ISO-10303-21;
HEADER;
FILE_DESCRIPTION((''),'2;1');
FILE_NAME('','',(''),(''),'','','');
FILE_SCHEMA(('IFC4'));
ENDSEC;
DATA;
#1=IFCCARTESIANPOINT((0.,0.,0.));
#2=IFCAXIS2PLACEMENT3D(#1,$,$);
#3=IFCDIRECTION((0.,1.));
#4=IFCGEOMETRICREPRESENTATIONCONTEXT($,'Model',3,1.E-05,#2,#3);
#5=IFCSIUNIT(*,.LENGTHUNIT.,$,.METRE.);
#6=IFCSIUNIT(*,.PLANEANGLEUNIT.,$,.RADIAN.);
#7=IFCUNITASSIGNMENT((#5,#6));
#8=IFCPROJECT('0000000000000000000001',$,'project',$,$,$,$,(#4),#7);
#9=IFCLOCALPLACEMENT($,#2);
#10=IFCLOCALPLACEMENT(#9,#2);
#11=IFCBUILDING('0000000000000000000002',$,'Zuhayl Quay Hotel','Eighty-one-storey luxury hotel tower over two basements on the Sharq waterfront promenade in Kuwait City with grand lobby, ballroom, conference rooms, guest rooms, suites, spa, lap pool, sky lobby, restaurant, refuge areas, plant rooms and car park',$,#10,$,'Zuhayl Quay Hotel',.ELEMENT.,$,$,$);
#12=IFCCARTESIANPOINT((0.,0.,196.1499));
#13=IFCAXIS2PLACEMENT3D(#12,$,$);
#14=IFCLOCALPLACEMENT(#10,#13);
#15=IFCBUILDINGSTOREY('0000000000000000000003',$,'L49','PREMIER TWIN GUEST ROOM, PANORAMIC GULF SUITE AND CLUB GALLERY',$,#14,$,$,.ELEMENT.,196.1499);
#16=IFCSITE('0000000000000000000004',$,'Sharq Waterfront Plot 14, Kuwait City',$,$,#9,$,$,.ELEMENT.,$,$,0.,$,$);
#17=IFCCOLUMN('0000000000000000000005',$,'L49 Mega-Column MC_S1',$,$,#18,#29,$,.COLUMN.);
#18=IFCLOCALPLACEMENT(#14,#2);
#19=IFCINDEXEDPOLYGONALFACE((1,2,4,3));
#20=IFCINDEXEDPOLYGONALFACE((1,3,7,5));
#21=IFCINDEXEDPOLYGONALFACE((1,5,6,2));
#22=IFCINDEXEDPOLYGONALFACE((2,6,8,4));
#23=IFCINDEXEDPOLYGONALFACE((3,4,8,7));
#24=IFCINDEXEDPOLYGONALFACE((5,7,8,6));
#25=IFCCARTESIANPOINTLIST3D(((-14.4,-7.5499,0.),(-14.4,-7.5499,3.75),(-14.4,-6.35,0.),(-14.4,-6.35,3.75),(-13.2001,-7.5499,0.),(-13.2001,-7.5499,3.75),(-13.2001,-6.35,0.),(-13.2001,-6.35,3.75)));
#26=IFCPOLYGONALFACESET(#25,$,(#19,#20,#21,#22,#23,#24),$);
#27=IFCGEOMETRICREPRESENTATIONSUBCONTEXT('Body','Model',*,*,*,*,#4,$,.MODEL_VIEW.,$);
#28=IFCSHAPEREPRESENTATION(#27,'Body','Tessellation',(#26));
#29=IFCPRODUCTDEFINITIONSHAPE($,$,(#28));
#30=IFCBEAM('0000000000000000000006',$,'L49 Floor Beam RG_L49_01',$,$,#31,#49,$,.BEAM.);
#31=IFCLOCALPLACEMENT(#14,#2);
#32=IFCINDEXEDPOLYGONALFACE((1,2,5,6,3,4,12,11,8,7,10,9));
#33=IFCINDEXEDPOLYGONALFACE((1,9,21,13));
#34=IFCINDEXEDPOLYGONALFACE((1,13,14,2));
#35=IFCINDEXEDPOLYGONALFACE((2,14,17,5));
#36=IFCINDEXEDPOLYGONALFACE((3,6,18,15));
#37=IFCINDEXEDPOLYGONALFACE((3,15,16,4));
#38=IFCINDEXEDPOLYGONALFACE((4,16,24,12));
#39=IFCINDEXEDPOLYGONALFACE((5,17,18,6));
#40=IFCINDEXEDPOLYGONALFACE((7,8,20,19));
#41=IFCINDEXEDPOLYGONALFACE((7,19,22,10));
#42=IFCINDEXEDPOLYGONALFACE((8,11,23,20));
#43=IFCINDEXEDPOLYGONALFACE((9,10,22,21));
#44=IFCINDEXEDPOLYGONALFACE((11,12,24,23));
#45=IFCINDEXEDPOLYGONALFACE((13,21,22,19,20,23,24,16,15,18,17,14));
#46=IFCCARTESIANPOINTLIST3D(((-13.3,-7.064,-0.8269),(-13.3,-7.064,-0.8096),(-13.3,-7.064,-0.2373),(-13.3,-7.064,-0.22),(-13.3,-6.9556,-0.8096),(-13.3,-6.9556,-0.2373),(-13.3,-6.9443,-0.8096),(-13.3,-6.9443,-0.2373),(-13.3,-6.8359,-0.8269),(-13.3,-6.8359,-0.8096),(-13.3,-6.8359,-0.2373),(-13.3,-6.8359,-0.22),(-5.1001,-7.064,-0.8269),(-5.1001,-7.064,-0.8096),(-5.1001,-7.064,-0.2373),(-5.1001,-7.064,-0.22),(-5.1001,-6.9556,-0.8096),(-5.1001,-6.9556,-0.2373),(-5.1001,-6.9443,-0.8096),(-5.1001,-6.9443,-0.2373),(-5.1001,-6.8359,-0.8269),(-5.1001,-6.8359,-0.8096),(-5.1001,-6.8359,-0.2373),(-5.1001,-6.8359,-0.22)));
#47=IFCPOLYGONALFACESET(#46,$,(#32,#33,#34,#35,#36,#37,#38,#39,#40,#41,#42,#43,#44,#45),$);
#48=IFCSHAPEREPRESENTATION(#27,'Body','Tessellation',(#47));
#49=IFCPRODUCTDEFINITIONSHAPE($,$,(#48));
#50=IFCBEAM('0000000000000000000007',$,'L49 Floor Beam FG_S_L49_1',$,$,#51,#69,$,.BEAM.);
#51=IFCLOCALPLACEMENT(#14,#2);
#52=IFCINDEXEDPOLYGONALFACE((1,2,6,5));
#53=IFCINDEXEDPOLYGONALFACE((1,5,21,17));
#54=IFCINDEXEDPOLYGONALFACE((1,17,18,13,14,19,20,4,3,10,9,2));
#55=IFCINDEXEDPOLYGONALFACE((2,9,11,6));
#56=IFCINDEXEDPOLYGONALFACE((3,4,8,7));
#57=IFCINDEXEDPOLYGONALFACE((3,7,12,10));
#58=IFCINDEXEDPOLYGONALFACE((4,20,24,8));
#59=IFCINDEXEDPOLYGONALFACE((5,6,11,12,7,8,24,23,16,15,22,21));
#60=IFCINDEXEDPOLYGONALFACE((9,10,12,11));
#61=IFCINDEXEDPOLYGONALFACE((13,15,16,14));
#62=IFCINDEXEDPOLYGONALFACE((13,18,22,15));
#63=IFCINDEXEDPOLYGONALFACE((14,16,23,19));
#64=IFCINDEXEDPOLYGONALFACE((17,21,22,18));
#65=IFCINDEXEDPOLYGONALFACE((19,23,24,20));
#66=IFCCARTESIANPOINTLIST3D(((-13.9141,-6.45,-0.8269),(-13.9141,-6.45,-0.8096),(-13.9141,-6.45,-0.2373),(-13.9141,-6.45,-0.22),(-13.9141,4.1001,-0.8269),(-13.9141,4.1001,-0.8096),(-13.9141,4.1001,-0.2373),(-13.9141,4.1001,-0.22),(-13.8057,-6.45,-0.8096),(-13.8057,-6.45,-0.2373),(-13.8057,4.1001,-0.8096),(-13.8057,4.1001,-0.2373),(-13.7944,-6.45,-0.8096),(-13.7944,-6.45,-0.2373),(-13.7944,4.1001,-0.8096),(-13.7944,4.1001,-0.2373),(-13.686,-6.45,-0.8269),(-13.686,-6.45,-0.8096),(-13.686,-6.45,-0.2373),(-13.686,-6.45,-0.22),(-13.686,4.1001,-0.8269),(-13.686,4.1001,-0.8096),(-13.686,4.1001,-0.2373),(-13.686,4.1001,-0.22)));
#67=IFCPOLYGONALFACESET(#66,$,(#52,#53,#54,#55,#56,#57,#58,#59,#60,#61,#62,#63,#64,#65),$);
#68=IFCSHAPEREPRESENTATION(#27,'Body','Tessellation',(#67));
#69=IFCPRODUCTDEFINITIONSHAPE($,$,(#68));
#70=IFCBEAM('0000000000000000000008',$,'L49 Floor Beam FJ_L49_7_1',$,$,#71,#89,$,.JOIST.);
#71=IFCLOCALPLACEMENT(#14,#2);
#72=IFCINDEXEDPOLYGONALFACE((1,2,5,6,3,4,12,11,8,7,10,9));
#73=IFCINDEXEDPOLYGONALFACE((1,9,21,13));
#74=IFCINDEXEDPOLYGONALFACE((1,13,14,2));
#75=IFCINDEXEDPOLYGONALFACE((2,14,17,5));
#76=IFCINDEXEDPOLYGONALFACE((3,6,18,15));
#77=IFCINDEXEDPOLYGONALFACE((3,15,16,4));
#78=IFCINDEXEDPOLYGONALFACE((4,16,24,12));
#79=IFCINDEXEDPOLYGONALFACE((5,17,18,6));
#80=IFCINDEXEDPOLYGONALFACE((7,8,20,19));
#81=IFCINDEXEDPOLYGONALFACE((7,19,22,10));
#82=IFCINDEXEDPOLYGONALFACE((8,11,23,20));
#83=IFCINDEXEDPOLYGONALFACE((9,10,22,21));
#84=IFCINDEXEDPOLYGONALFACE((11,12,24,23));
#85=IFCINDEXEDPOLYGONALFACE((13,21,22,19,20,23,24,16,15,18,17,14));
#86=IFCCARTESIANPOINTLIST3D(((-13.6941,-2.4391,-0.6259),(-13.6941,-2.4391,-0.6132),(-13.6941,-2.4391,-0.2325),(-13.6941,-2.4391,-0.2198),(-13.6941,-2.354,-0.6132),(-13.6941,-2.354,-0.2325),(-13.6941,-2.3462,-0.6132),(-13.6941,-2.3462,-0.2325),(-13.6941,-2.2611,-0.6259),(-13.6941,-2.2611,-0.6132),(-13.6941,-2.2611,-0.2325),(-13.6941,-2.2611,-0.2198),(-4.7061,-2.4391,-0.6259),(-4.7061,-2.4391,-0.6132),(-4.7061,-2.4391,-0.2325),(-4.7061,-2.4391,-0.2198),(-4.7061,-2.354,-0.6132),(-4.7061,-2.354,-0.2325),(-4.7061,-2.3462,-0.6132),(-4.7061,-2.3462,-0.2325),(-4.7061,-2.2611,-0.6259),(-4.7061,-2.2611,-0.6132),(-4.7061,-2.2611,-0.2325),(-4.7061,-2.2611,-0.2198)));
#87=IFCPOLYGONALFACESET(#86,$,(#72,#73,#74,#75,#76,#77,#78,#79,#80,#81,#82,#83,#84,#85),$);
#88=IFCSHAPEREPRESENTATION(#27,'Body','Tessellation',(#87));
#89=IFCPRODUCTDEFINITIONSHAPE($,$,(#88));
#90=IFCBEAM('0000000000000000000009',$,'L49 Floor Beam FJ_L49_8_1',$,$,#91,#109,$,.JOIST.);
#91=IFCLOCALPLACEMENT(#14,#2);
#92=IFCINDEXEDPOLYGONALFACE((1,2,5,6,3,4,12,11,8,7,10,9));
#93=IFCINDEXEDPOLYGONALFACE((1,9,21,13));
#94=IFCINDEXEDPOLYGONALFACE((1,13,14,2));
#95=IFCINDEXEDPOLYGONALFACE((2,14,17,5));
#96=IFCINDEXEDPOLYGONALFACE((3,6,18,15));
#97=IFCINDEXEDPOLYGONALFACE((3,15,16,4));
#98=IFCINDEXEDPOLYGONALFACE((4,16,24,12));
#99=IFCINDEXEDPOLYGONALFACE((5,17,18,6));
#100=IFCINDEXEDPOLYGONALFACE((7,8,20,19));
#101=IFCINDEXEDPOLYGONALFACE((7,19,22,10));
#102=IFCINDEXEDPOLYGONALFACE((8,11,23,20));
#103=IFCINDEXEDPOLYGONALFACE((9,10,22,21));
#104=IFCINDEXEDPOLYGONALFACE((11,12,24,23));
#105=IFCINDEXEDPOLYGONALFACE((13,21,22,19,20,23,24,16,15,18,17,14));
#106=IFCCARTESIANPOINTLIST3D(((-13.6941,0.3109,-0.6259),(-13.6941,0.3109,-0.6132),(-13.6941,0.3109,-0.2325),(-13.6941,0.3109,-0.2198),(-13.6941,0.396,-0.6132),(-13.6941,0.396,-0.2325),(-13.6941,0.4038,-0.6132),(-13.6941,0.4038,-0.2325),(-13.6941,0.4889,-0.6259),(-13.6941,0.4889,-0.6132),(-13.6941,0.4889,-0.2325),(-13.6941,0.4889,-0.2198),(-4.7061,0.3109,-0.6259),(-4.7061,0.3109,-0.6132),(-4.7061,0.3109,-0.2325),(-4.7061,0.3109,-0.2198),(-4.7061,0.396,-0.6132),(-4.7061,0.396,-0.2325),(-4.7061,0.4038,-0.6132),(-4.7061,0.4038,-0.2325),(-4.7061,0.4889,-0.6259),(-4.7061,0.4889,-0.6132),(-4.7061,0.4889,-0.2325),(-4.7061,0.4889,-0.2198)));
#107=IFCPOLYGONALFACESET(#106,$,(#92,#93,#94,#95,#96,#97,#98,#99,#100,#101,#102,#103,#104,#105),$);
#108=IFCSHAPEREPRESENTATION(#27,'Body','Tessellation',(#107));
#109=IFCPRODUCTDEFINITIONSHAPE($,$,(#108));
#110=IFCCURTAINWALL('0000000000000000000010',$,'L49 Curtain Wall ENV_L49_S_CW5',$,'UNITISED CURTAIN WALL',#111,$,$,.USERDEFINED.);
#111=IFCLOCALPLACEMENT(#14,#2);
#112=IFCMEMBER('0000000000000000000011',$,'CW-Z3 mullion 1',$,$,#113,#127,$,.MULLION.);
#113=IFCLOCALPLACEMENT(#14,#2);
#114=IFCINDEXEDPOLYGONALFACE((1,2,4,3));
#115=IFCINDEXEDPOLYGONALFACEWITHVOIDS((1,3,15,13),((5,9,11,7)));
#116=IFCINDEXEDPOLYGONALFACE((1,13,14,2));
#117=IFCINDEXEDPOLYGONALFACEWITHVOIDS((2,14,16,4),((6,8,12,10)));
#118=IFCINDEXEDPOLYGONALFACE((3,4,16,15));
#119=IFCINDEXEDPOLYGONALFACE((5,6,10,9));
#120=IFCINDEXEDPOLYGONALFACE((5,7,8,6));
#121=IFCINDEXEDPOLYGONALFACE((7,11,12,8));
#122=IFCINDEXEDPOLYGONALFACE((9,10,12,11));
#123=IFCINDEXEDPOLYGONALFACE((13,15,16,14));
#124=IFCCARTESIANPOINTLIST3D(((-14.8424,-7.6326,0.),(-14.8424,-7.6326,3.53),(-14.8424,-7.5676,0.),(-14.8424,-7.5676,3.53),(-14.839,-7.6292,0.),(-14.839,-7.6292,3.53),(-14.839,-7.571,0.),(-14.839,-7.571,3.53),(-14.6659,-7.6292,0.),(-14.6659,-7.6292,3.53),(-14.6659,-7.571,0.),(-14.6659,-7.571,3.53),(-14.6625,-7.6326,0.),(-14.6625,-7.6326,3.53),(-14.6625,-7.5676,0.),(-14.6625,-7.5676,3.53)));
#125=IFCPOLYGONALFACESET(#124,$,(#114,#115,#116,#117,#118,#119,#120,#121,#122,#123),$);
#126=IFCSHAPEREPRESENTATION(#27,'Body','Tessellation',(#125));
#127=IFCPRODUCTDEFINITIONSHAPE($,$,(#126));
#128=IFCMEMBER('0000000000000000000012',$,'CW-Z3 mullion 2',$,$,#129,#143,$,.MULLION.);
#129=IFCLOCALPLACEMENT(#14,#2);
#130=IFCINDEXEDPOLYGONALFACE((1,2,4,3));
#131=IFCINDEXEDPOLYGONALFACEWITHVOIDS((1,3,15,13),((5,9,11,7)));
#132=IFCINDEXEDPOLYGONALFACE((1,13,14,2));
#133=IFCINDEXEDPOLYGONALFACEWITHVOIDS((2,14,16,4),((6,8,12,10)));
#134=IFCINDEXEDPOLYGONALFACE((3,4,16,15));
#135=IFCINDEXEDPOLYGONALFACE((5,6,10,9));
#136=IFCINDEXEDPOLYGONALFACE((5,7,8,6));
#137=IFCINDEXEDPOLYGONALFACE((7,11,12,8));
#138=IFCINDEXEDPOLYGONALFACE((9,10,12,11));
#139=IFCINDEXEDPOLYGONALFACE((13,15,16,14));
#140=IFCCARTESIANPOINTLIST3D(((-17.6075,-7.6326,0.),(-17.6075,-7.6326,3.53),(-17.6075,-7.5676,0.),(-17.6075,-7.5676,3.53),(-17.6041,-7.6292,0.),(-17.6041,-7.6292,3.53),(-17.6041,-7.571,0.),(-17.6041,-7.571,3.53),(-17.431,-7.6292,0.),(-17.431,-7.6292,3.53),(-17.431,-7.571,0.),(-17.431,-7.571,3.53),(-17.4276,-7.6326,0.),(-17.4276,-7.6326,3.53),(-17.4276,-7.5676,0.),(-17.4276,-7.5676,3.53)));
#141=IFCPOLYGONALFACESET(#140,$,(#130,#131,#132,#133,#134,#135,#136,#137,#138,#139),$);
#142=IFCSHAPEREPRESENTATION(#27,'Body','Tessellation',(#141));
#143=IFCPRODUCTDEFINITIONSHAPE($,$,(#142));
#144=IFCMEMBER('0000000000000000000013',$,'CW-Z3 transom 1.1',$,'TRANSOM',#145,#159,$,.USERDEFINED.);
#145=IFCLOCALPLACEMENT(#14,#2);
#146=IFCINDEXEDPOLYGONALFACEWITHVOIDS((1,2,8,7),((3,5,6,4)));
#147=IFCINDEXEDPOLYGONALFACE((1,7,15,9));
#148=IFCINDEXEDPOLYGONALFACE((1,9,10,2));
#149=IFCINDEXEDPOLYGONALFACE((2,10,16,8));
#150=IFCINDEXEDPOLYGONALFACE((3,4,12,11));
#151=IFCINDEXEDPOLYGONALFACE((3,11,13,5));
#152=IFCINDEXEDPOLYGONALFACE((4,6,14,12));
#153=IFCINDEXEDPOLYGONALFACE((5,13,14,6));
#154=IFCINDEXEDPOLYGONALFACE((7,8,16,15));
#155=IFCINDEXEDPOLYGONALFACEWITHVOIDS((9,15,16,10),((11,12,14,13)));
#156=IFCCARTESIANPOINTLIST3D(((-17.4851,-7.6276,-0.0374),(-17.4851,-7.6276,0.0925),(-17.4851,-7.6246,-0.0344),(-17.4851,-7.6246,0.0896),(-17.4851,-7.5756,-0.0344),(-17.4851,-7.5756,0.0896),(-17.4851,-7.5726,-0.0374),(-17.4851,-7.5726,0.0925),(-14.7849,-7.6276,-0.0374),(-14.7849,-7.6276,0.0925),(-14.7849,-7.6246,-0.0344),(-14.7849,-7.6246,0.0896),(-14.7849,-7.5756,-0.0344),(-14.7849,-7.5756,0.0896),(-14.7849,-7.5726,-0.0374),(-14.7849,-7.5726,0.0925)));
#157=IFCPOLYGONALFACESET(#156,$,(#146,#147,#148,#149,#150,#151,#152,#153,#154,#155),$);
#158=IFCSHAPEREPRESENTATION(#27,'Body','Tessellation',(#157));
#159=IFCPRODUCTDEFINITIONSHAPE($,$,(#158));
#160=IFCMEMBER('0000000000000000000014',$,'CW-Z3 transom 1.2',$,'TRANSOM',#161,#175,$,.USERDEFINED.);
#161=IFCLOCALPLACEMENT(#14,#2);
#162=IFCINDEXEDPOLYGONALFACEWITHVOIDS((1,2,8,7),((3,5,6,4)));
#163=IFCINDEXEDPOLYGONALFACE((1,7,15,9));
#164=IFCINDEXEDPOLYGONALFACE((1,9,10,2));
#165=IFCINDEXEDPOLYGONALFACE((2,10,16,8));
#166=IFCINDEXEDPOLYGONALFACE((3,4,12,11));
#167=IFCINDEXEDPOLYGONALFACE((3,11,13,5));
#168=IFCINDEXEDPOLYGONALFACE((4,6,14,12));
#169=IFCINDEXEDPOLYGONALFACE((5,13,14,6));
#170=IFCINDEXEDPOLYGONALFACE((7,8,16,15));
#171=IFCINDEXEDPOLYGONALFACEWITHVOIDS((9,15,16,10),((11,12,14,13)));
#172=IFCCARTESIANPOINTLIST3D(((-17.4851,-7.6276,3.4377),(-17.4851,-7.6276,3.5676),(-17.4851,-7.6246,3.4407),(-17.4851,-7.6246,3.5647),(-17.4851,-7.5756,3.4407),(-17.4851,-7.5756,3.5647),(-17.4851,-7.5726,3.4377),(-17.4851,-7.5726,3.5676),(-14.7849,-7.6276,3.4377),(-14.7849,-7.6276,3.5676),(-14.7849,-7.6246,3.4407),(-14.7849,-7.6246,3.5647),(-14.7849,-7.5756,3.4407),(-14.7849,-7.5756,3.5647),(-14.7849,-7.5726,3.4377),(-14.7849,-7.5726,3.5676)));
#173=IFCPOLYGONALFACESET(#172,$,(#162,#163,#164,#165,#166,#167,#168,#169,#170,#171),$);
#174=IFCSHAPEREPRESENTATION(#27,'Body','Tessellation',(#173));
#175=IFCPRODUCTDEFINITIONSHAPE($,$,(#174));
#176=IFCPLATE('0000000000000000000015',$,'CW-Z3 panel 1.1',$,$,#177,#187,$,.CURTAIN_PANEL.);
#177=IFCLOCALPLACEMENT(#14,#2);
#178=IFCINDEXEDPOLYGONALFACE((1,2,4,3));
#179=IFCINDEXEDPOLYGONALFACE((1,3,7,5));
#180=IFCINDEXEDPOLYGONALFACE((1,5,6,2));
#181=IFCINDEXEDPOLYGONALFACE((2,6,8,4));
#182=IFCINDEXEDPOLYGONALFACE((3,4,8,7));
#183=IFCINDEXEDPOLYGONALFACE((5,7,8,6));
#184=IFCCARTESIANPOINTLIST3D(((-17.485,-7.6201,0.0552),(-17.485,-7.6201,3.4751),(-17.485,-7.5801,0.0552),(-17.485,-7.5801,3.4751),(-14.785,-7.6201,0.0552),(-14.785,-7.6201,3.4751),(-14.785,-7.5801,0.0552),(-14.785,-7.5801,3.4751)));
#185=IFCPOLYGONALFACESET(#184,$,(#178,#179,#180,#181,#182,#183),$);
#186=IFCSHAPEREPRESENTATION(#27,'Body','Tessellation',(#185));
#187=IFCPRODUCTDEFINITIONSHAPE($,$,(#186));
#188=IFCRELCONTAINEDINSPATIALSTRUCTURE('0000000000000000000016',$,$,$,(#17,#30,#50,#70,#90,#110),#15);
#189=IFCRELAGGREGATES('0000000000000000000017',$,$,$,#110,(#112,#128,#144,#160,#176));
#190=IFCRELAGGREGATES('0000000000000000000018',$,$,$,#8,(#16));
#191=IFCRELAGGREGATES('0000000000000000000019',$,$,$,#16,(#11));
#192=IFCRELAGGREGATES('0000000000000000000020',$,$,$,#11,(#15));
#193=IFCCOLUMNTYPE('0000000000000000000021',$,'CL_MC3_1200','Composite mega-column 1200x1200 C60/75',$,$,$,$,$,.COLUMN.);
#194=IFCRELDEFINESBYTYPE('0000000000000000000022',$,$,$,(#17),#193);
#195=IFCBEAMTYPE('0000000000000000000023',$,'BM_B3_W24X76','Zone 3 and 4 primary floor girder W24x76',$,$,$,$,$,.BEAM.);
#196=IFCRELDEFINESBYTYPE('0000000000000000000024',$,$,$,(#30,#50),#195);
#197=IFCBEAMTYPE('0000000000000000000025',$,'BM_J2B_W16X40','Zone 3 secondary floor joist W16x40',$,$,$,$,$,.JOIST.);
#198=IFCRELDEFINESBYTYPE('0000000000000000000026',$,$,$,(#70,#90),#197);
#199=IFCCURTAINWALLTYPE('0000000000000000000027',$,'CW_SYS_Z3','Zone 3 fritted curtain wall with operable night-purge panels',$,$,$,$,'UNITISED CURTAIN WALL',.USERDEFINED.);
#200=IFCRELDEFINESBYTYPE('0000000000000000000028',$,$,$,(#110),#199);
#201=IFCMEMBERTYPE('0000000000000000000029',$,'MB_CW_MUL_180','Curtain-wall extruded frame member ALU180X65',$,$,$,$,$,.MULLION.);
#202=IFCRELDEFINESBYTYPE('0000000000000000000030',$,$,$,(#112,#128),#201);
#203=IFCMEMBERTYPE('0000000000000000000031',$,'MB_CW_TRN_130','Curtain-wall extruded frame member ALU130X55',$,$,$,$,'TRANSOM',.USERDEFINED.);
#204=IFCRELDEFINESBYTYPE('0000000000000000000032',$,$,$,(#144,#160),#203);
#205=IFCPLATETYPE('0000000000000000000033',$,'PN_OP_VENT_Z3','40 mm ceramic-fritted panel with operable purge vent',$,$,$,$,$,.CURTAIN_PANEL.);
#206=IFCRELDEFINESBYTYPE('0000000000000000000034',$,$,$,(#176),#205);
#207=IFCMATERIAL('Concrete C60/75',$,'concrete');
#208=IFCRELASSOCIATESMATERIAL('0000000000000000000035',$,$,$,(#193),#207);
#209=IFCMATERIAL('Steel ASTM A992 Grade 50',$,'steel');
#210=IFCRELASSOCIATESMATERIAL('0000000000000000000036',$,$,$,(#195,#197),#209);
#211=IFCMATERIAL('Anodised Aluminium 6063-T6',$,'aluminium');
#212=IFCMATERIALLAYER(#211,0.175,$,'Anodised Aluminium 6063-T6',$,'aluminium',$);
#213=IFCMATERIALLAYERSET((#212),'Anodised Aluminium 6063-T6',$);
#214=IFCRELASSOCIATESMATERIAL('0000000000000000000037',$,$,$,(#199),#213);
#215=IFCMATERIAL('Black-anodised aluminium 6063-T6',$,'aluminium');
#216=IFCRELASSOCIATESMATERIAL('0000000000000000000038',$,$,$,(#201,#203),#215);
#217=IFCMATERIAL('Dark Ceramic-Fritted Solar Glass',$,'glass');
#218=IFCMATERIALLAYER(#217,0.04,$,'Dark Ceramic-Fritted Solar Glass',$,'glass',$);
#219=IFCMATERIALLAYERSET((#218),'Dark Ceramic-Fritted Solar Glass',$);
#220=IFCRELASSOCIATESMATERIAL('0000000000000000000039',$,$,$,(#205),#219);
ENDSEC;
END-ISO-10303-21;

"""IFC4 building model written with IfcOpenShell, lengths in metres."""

from ifc_helpers import new_model, si_unit, direction, frame, origin, origin_2d, place, context, subcontext, project, spatial, rectangle, hollow_rectangle, i_section, extrude, material, layer, layer_set, material_profile, profile_set, type_object, element, aggregate, save


model = new_model("IFC4")

# Units and contexts
model_context = context("Model", 3, precision=1e-05, world=origin(), true_north=direction((0.0, 1.0)))
body_context = subcontext(model_context, "Body", "Model", "MODEL_VIEW")
ifc_project = project(units=[si_unit("LENGTHUNIT", "METRE"), si_unit("PLANEANGLEUNIT", "RADIAN")], contexts=[model_context])

# Site, building, storey
site_placement = place(None, origin())
site = spatial("IfcSite", under=ifc_project, at=site_placement, Name="Sharq Waterfront Plot 14, Kuwait City", CompositionType="ELEMENT", RefElevation=0.0)
building_placement = place(site_placement, origin())
building = spatial("IfcBuilding", under=site, at=building_placement, Name="Zuhayl Quay Hotel", Description="Eighty-one-storey luxury hotel tower over two basements on the Sharq waterfront promenade in Kuwait City with grand lobby, ballroom, conference rooms, guest rooms, suites, spa, lap pool, sky lobby, restaurant, refuge areas, plant rooms and car park", LongName="Zuhayl Quay Hotel", CompositionType="ELEMENT")
storey_placement = place(building_placement, frame((0.0, 0.0, 196.1499)))
storey = spatial("IfcBuildingStorey", under=building, at=storey_placement, Name="L49", Description="PREMIER TWIN GUEST ROOM, PANORAMIC GULF SUITE AND CLUB GALLERY", CompositionType="ELEMENT", Elevation=196.1499)

# Column
ifc_material_1 = material(Name="Concrete C60/75", Category="concrete")
ifc_material_profile_1 = material_profile(ifc_material_1, rectangle(XDim=1.2, YDim=1.2, at=origin_2d()), Name="RC1200X1200")
ifc_profile_set_1 = profile_set([ifc_material_profile_1], Name="Concrete C60/75")
column_type = type_object("IfcColumnType", Name="CL_MC3_1200", Description="Composite mega-column 1200x1200 C60/75", PredefinedType="COLUMN", material=ifc_profile_set_1)
column_placement = place(storey_placement, frame((-13.8, -6.95, 0.0), z_axis=(0.0, 0.0, 1.0), x_axis=(1.0, 0.0, 0.0)))
element("IfcColumn", 1, at=column_placement, inside=storey, type_object=column_type, Name="L49 Mega-Column MC_S1", PredefinedType="COLUMN", context=body_context, shape_type="SweptSolid", body=[
    extrude(rectangle(XDim=1.2, YDim=1.2, at=origin_2d()), origin(), (0.0, 0.0, 1.0), 3.75),
])

# Beams
ifc_material_2 = material(Name="Steel ASTM A992 Grade 50", Category="steel")
ifc_material_profile_2 = material_profile(ifc_material_2, i_section(OverallWidth=0.228, OverallDepth=0.6069, WebThickness=0.0112, FlangeThickness=0.0173, at=origin_2d()), Name="W24X76")
ifc_profile_set_2 = profile_set([ifc_material_profile_2], Name="Steel ASTM A992 Grade 50")
beam_type_1 = type_object("IfcBeamType", Name="BM_B3_W24X76", Description="Zone 3 and 4 primary floor girder W24x76", PredefinedType="BEAM", material=ifc_profile_set_2)
beam_1_placement = place(storey_placement, frame((-13.3, -6.95, -0.5234), z_axis=(1.0, 0.0, 0.0), x_axis=(0.0, 1.0, 0.0)))
element("IfcBeam", 2, at=beam_1_placement, inside=storey, type_object=beam_type_1, Name="L49 Floor Beam RG_L49_01", PredefinedType="BEAM", context=body_context, shape_type="SweptSolid", body=[
    extrude(i_section(OverallWidth=0.228, OverallDepth=0.6069, WebThickness=0.0112, FlangeThickness=0.0173, at=origin_2d()), origin(), (0.0, 0.0, 1.0), 8.2),
])
beam_2_placement = place(storey_placement, frame((-13.8, -6.45, -0.5234), z_axis=(0.0, 1.0, 0.0), x_axis=(-1.0, 0.0, 0.0)))
element("IfcBeam", 3, at=beam_2_placement, inside=storey, type_object=beam_type_1, Name="L49 Floor Beam FG_S_L49_1", PredefinedType="BEAM", context=body_context, shape_type="SweptSolid", body=[
    extrude(i_section(OverallWidth=0.228, OverallDepth=0.6069, WebThickness=0.0112, FlangeThickness=0.0173, at=origin_2d()), origin(), (0.0, 0.0, 1.0), 10.55),
])
ifc_material_profile_3 = material_profile(ifc_material_2, i_section(OverallWidth=0.178, OverallDepth=0.406, WebThickness=0.0078, FlangeThickness=0.0127, at=origin_2d()), Name="W16X40")
ifc_profile_set_3 = profile_set([ifc_material_profile_3], Name="Steel ASTM A992 Grade 50")
beam_type_2 = type_object("IfcBeamType", Name="BM_J2B_W16X40", Description="Zone 3 secondary floor joist W16x40", PredefinedType="JOIST", material=ifc_profile_set_3)
for number, where, z_axis, x_axis, name in (
    (4, (-13.6941, -2.3501, -0.4229), (1.0, 0.0, 0.0), (0.0, 1.0, 0.0), "L49 Floor Beam FJ_L49_7_1"),
    (5, (-13.6941, 0.3999, -0.4229), (1.0, 0.0, 0.0), (0.0, 1.0, 0.0), "L49 Floor Beam FJ_L49_8_1"),
):
    element("IfcBeam", number, at=place(storey_placement, frame(where, z_axis=z_axis, x_axis=x_axis)), inside=storey, type_object=beam_type_2, Name=name, PredefinedType="JOIST", context=body_context, shape_type="SweptSolid", body=[
        extrude(i_section(OverallWidth=0.178, OverallDepth=0.406, WebThickness=0.0078, FlangeThickness=0.0127, at=origin_2d()), origin(), (0.0, 0.0, 1.0), 8.988),
    ])

# Curtain wall, members, plate
ifc_material_3 = material(Name="Anodised Aluminium 6063-T6", Category="aluminium")
ifc_layer_1 = layer(ifc_material_3, 0.175, Name="Anodised Aluminium 6063-T6", Category="aluminium")
ifc_layer_set_1 = layer_set([ifc_layer_1], Name="Anodised Aluminium 6063-T6")
curtain_wall_type = type_object("IfcCurtainWallType", Name="CW_SYS_Z3", Description="Zone 3 fritted curtain wall with operable night-purge panels", ElementType="UNITISED CURTAIN WALL", PredefinedType="USERDEFINED", material=ifc_layer_set_1)
curtain_wall_placement = place(storey_placement, origin())
curtain_wall = element("IfcCurtainWall", 6, at=curtain_wall_placement, inside=storey, type_object=curtain_wall_type, Name="L49 Curtain Wall ENV_L49_S_CW5", ObjectType="UNITISED CURTAIN WALL", PredefinedType="USERDEFINED")
ifc_material_4 = material(Name="Black-anodised aluminium 6063-T6", Category="aluminium")
ifc_material_profile_4 = material_profile(ifc_material_4, hollow_rectangle(XDim=0.0649, YDim=0.1799, WallThickness=0.0034, at=origin_2d()), Name="ALU180X65")
ifc_profile_set_4 = profile_set([ifc_material_profile_4], Name="Black-anodised aluminium 6063-T6")
member_type_1 = type_object("IfcMemberType", Name="MB_CW_MUL_180", Description="Curtain-wall extruded frame member ALU180X65", PredefinedType="MULLION", material=ifc_profile_set_4)
member_1_placement = place(storey_placement, frame((-14.7524, -7.6001, 0.0), z_axis=(0.0, 0.0, 1.0), x_axis=(0.0, -1.0, 0.0)))
member_1 = element("IfcMember", 7, at=member_1_placement, type_object=member_type_1, Name="CW-Z3 mullion 1", PredefinedType="MULLION", context=body_context, shape_type="SweptSolid", body=[
    extrude(hollow_rectangle(XDim=0.0649, YDim=0.1799, WallThickness=0.0034, at=origin_2d()), origin(), (0.0, 0.0, 1.0), 3.53),
])
member_2_placement = place(storey_placement, frame((-17.5176, -7.6001, 0.0), z_axis=(0.0, 0.0, 1.0), x_axis=(0.0, -1.0, 0.0)))
member_2 = element("IfcMember", 8, at=member_2_placement, type_object=member_type_1, Name="CW-Z3 mullion 2", PredefinedType="MULLION", context=body_context, shape_type="SweptSolid", body=[
    extrude(hollow_rectangle(XDim=0.0649, YDim=0.1799, WallThickness=0.0034, at=origin_2d()), origin(), (0.0, 0.0, 1.0), 3.53),
])
ifc_material_profile_5 = material_profile(ifc_material_4, hollow_rectangle(XDim=0.0549, YDim=0.1299, WallThickness=0.0029, at=origin_2d()), Name="ALU130X55")
ifc_profile_set_5 = profile_set([ifc_material_profile_5], Name="Black-anodised aluminium 6063-T6")
member_type_2 = type_object("IfcMemberType", Name="MB_CW_TRN_130", Description="Curtain-wall extruded frame member ALU130X55", ElementType="TRANSOM", PredefinedType="USERDEFINED", material=ifc_profile_set_5)
member_3_placement = place(storey_placement, frame((-14.7849, -7.6001, 0.0276), z_axis=(-1.0, 0.0, 0.0), x_axis=(0.0, -1.0, 0.0)))
member_3 = element("IfcMember", 9, at=member_3_placement, type_object=member_type_2, Name="CW-Z3 transom 1.1", ObjectType="TRANSOM", PredefinedType="USERDEFINED", context=body_context, shape_type="SweptSolid", body=[
    extrude(hollow_rectangle(XDim=0.0549, YDim=0.1299, WallThickness=0.0029, at=origin_2d()), origin(), (0.0, 0.0, 1.0), 2.7002),
])
member_4_placement = place(storey_placement, frame((-14.7849, -7.6001, 3.5027), z_axis=(-1.0, 0.0, 0.0), x_axis=(0.0, -1.0, 0.0)))
member_4 = element("IfcMember", 10, at=member_4_placement, type_object=member_type_2, Name="CW-Z3 transom 1.2", ObjectType="TRANSOM", PredefinedType="USERDEFINED", context=body_context, shape_type="SweptSolid", body=[
    extrude(hollow_rectangle(XDim=0.0549, YDim=0.1299, WallThickness=0.0029, at=origin_2d()), origin(), (0.0, 0.0, 1.0), 2.7002),
])
ifc_material_5 = material(Name="Dark Ceramic-Fritted Solar Glass", Category="glass")
ifc_layer_2 = layer(ifc_material_5, 0.04, Name="Dark Ceramic-Fritted Solar Glass", Category="glass")
ifc_layer_set_2 = layer_set([ifc_layer_2], Name="Dark Ceramic-Fritted Solar Glass")
plate_type = type_object("IfcPlateType", Name="PN_OP_VENT_Z3", Description="40 mm ceramic-fritted panel with operable purge vent", PredefinedType="CURTAIN_PANEL", material=ifc_layer_set_2)
plate_placement = place(storey_placement, frame((-16.135, -7.6001, 0.0552), z_axis=(0.0, 0.0, 1.0), x_axis=(-1.0, 0.0, 0.0)))
plate = element("IfcPlate", 11, at=plate_placement, type_object=plate_type, Name="CW-Z3 panel 1.1", PredefinedType="CURTAIN_PANEL", context=body_context, shape_type="SweptSolid", body=[
    extrude(rectangle(XDim=2.7, YDim=0.04, at=origin_2d()), origin(), (0.0, 0.0, 1.0), 3.4199),
])
aggregate(curtain_wall, [member_1, member_2, member_3, member_4, plate])

save(model, "model.ifc")
